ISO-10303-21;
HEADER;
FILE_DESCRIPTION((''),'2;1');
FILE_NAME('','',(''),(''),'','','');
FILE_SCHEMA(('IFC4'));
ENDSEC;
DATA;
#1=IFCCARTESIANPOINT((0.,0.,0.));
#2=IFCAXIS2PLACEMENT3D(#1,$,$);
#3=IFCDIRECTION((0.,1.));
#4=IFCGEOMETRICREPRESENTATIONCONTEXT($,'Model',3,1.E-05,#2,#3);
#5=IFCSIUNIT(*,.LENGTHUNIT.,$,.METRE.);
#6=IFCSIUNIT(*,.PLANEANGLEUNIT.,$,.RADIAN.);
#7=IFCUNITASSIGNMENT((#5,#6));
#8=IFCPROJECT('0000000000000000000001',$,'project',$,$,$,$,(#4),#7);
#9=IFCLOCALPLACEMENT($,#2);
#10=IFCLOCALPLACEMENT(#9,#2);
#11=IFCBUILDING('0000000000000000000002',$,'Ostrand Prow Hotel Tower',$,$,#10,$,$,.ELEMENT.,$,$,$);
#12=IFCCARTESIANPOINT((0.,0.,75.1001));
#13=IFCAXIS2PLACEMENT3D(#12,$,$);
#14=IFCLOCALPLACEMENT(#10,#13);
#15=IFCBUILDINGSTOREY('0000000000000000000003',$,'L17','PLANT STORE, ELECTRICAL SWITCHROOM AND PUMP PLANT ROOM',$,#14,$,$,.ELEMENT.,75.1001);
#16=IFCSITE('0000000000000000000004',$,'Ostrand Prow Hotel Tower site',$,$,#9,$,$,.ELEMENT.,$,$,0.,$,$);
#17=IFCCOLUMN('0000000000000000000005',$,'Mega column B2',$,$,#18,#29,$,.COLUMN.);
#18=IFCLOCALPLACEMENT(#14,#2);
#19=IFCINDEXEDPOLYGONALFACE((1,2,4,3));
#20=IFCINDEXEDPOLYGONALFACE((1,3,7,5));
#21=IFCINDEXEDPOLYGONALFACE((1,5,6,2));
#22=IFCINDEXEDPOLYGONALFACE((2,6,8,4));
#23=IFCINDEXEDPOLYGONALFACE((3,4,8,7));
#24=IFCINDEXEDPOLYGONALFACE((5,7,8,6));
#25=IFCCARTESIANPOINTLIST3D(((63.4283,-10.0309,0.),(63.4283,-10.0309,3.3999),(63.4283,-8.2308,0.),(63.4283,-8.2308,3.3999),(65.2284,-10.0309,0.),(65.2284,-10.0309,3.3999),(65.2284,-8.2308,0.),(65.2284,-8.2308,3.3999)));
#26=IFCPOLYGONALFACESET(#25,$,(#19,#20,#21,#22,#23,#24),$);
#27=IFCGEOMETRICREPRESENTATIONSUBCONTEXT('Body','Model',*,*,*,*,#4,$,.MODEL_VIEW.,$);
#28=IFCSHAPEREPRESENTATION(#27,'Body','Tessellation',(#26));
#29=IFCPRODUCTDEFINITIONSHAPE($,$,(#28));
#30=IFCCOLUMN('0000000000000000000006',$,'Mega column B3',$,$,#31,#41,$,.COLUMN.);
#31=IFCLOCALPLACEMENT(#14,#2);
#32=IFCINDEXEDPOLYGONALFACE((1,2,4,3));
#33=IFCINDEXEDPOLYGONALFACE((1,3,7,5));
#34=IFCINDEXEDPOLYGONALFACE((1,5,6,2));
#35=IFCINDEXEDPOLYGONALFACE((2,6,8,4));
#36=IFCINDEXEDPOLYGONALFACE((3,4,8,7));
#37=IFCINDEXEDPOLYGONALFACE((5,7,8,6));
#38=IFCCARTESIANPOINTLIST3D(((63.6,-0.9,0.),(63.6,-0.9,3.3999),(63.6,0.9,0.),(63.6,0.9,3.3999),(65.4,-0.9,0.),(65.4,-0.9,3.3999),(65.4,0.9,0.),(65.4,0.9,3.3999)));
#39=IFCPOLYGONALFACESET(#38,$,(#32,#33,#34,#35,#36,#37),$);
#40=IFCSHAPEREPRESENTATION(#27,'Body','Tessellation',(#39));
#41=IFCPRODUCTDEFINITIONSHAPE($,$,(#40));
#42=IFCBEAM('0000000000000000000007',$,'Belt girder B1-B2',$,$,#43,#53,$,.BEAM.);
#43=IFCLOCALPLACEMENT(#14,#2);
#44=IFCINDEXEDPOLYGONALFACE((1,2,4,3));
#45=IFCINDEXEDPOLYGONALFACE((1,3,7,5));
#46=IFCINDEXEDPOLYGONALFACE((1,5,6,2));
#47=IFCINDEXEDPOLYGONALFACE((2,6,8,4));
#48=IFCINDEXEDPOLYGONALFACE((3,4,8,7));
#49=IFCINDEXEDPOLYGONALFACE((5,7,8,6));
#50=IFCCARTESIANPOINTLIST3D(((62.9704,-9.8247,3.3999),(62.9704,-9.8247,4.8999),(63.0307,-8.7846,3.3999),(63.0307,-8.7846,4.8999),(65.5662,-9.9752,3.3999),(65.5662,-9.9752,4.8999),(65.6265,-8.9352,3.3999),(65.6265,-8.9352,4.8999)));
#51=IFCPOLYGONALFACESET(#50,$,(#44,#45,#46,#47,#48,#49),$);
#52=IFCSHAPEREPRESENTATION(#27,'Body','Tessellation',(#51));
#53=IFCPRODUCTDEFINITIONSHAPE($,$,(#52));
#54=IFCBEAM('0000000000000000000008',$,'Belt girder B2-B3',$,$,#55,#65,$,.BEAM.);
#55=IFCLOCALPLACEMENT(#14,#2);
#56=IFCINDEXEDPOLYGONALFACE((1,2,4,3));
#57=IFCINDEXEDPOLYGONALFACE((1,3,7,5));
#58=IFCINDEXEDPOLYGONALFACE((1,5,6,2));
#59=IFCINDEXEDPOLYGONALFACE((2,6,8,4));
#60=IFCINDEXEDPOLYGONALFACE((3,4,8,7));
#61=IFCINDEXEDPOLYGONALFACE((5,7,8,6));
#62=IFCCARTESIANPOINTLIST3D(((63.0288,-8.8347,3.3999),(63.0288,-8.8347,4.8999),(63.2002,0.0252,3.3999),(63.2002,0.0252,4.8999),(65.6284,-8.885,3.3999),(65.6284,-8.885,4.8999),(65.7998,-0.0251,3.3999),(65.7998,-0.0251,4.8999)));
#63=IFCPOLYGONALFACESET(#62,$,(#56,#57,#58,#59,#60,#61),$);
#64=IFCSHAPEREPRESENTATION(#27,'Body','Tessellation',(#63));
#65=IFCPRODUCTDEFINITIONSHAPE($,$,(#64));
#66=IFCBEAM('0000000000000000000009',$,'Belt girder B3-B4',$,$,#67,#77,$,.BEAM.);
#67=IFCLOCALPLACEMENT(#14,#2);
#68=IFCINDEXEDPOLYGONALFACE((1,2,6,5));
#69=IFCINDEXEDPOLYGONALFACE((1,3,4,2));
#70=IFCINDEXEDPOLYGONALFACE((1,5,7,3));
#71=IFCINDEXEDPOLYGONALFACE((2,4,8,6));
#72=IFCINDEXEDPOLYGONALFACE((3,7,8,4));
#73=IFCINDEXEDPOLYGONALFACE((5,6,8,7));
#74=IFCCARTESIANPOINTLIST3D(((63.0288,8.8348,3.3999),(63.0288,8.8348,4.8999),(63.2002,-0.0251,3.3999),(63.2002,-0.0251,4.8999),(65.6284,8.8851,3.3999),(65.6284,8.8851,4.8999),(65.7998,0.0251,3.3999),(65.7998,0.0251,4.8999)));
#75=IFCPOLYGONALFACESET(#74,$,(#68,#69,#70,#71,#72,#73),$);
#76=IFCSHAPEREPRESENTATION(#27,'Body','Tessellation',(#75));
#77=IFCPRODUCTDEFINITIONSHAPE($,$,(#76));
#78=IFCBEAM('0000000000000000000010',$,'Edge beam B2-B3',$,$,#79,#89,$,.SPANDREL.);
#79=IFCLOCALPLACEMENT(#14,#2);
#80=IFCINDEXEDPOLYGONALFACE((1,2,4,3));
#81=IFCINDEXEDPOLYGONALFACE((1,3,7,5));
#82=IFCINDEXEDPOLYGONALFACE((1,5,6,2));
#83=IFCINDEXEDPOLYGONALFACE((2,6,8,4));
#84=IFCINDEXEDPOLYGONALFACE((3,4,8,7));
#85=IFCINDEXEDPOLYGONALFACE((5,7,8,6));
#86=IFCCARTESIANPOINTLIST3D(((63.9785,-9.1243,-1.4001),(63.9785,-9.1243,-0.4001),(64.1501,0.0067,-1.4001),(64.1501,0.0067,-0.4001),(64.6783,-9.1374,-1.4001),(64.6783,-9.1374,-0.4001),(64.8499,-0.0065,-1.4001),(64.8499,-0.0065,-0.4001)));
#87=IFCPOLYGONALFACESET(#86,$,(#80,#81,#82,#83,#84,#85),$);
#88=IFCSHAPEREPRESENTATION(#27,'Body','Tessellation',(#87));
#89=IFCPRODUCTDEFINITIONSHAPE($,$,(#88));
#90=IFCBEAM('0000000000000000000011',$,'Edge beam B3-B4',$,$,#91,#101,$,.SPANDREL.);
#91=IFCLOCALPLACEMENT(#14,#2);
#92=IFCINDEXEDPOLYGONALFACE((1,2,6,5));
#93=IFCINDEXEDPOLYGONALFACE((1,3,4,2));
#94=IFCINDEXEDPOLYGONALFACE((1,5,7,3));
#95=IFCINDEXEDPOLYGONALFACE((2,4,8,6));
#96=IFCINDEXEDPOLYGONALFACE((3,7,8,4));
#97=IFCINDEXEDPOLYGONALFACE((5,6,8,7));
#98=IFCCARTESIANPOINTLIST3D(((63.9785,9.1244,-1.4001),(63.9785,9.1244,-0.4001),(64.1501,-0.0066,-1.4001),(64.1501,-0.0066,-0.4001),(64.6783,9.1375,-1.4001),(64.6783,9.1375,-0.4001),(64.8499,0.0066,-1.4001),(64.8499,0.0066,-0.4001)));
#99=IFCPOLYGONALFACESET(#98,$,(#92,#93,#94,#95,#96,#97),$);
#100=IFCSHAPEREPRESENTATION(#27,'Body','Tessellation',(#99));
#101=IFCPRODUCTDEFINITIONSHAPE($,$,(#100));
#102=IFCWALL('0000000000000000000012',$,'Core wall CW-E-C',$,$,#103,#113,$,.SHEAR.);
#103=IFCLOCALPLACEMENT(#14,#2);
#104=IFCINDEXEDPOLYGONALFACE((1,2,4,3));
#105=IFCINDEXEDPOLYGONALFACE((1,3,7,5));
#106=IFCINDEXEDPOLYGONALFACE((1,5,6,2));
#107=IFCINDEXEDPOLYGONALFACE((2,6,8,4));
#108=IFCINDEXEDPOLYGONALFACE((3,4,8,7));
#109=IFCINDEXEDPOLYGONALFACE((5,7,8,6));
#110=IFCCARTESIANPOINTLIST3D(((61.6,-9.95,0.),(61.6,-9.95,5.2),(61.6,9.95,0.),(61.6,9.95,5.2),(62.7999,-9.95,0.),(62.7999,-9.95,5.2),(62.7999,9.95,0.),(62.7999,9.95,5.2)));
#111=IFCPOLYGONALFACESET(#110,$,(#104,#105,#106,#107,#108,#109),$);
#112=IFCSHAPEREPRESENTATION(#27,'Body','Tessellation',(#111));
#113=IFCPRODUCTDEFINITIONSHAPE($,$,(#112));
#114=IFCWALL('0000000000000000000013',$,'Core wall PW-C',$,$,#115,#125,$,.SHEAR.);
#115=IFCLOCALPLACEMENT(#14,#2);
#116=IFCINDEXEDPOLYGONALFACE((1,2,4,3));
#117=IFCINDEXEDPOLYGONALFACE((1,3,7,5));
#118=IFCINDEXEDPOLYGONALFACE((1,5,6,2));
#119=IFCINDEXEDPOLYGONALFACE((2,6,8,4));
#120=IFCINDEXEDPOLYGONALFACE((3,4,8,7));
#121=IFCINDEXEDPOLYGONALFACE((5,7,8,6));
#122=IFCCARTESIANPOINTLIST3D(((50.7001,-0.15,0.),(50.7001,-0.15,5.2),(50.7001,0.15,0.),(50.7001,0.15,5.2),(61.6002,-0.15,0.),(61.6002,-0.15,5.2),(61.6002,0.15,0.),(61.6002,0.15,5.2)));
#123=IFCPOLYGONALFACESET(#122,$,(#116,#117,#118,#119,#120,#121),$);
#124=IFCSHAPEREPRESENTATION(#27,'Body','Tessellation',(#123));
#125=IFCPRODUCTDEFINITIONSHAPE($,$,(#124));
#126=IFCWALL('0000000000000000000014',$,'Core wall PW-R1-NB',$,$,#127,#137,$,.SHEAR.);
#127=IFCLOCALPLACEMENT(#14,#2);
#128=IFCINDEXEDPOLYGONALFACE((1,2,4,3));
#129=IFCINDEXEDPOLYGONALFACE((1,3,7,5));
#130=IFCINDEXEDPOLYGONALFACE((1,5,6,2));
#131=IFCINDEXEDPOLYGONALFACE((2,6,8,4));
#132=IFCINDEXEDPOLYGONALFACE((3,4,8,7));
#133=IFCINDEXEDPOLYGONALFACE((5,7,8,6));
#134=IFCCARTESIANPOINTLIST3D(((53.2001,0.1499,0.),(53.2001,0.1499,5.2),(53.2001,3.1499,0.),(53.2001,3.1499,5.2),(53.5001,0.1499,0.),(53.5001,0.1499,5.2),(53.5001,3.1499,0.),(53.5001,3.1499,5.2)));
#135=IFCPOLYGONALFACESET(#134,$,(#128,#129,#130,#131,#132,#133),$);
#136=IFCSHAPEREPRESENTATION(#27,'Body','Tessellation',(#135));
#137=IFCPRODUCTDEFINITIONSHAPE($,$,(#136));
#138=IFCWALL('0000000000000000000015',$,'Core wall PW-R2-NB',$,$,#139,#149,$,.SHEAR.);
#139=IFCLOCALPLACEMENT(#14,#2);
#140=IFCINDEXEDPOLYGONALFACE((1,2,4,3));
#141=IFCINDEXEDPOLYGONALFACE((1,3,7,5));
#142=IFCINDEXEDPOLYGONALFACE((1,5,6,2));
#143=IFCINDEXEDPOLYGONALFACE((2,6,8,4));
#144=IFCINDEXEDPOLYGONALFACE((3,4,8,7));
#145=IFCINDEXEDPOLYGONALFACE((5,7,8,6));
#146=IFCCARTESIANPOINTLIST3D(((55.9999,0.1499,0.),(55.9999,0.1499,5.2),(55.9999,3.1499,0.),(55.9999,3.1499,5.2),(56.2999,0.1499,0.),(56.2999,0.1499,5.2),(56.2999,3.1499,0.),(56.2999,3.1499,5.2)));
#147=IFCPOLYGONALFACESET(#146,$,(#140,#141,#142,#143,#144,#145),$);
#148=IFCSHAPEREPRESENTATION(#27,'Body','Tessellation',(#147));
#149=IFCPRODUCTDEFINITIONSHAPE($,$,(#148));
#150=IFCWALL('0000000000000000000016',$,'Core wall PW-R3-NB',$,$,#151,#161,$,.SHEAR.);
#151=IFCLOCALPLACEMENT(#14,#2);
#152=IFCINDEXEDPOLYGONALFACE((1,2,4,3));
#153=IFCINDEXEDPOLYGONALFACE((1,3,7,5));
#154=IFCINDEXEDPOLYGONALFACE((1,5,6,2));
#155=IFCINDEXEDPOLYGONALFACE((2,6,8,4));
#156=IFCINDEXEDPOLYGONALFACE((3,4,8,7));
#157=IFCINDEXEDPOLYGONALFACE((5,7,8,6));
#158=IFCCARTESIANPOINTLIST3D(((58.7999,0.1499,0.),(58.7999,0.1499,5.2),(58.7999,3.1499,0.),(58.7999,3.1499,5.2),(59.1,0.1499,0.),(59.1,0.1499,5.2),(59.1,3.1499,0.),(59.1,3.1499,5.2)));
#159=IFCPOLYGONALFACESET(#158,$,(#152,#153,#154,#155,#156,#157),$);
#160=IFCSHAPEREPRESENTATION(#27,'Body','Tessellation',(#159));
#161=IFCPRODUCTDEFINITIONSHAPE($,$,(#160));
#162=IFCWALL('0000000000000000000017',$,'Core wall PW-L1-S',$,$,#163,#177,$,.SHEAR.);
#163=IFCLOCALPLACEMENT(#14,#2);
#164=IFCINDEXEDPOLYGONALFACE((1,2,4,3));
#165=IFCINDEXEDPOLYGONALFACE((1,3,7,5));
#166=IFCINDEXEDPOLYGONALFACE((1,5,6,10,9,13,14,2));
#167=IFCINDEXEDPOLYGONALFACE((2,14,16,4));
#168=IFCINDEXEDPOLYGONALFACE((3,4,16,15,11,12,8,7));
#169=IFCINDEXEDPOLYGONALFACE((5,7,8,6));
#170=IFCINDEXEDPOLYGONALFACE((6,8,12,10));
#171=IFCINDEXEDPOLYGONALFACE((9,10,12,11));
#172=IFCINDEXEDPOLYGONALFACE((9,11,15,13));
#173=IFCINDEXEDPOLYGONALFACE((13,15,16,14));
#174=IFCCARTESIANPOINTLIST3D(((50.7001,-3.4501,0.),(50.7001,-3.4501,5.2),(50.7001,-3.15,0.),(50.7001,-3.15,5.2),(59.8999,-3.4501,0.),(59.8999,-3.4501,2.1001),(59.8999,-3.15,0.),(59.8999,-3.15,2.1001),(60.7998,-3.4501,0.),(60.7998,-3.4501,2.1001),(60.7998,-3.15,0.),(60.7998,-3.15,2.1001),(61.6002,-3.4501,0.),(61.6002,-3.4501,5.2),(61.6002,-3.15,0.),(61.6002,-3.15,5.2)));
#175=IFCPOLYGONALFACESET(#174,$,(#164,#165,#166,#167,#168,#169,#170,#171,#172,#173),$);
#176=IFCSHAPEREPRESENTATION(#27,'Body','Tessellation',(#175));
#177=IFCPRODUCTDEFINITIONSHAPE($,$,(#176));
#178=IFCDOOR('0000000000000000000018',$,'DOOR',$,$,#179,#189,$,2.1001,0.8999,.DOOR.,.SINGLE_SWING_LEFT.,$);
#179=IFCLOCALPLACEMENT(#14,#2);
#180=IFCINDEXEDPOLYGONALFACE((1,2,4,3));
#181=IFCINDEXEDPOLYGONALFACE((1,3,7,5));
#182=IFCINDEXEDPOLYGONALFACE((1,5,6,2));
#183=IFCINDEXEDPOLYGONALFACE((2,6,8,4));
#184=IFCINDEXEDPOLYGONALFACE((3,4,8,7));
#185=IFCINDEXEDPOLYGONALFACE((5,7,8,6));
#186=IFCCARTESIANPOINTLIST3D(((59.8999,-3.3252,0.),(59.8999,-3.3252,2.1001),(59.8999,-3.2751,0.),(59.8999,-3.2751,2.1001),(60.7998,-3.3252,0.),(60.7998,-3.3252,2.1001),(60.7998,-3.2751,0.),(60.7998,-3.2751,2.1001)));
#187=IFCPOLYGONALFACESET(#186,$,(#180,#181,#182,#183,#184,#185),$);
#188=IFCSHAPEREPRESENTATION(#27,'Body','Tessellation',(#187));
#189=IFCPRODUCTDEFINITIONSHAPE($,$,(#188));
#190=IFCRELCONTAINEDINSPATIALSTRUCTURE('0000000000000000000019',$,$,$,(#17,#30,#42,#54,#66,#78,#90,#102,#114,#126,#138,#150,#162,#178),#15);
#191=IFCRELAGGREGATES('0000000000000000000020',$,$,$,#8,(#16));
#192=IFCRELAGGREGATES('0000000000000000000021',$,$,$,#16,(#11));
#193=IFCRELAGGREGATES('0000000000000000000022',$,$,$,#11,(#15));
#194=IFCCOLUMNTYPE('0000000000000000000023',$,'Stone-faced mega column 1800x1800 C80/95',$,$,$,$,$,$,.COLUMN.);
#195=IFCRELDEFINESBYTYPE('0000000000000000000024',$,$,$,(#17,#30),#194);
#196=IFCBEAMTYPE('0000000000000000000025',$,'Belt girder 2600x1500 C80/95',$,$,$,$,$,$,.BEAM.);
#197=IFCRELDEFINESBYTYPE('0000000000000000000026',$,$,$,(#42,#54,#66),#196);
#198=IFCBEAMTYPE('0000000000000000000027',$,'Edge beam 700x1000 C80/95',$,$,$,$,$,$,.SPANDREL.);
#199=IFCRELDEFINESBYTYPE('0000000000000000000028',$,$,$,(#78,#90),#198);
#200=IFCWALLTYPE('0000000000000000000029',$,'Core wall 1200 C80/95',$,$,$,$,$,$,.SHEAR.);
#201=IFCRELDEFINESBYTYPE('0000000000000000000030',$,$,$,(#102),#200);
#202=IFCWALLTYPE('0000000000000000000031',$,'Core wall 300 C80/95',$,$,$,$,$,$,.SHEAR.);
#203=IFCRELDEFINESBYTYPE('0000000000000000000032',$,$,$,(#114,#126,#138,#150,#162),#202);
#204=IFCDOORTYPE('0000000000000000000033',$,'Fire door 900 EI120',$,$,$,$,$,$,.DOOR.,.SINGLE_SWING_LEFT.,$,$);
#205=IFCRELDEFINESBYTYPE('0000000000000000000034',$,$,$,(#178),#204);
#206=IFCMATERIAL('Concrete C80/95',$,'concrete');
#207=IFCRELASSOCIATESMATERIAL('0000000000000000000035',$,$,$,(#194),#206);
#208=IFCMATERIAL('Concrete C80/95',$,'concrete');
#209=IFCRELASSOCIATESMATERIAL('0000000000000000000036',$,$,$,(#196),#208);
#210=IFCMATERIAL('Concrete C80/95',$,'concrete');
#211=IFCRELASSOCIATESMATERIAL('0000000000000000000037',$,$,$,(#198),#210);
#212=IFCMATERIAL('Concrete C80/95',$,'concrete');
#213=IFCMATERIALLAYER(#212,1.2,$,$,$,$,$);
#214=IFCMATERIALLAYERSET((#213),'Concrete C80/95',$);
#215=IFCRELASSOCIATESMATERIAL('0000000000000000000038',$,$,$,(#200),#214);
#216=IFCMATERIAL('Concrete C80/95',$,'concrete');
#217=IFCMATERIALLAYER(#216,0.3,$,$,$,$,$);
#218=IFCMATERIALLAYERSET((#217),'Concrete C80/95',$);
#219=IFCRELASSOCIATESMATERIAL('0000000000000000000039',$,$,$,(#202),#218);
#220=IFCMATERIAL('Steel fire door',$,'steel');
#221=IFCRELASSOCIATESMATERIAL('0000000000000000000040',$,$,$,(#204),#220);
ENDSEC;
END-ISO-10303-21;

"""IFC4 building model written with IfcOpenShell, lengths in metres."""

from ifc_helpers import new_model, si_unit, direction, frame, frame_2d, origin, origin_2d, place, context, subcontext, project, spatial, rectangle, extrude, material, layer, layer_set, material_profile, profile_set, type_object, element, fill, save


model = new_model("IFC4")

# Units and contexts
model_context = context("Model", 3, precision=1e-05, world=origin(), true_north=direction((0.0, 1.0)))
body_context = subcontext(model_context, "Body", "Model", "MODEL_VIEW")
ifc_project = project(units=[si_unit("LENGTHUNIT", "METRE"), si_unit("PLANEANGLEUNIT", "RADIAN")], contexts=[model_context])

# Site, building, storey
site_placement = place(None, origin())
site = spatial("IfcSite", under=ifc_project, at=site_placement, Name="Ostrand Prow Hotel Tower site", CompositionType="ELEMENT", RefElevation=0.0)
building_placement = place(site_placement, origin())
building = spatial("IfcBuilding", under=site, at=building_placement, Name="Ostrand Prow Hotel Tower", CompositionType="ELEMENT")
storey_placement = place(building_placement, frame((0.0, 0.0, 75.1001)))
storey = spatial("IfcBuildingStorey", under=building, at=storey_placement, Name="L17", Description="PLANT STORE, ELECTRICAL SWITCHROOM AND PUMP PLANT ROOM", CompositionType="ELEMENT", Elevation=75.1001)

# Columns
ifc_material_1 = material(Name="Concrete C80/95", Category="concrete")
ifc_material_profile_1 = material_profile(ifc_material_1, rectangle(XDim=1.8, YDim=1.8, at=origin_2d()), Name="RC 1800x1800")
ifc_profile_set_1 = profile_set([ifc_material_profile_1], Name="Concrete C80/95")
column_type = type_object("IfcColumnType", Name="Stone-faced mega column 1800x1800 C80/95", PredefinedType="COLUMN", material=ifc_profile_set_1)
for number, where, z_axis, x_axis, name in (
    (1, (64.3284, -9.1309, 0.0), (0.0, 0.0, 1.0), (1.0, 0.0, 0.0), "Mega column B2"),
    (2, (64.5, 0.0, 0.0), (0.0, 0.0, 1.0), (1.0, 0.0, 0.0), "Mega column B3"),
):
    element("IfcColumn", number, at=place(storey_placement, frame(where, z_axis=z_axis, x_axis=x_axis)), inside=storey, type_object=column_type, Name=name, PredefinedType="COLUMN", context=body_context, shape_type="SweptSolid", body=[
        extrude(rectangle(XDim=1.8, YDim=1.8, at=origin_2d()), origin(), (0.0, 0.0, 1.0), 3.3999),
    ])

# Beams
ifc_material_2 = material(Name="Concrete C80/95", Category="concrete")
ifc_material_profile_2 = material_profile(ifc_material_2, rectangle(XDim=2.6001, YDim=1.5, at=origin_2d()), Name="RC 2600x1500")
ifc_profile_set_2 = profile_set([ifc_material_profile_2], Name="Concrete C80/95")
beam_type_1 = type_object("IfcBeamType", Name="Belt girder 2600x1500 C80/95", PredefinedType="BEAM", material=ifc_profile_set_2)
beam_placement = place(storey_placement, frame((64.2683, -9.8999, 4.1499), z_axis=(0.057884, 0.998323, 0.0), x_axis=(-0.998323, 0.057884, 0.0)))
element("IfcBeam", 3, at=beam_placement, inside=storey, type_object=beam_type_1, Name="Belt girder B1-B2", PredefinedType="BEAM", context=body_context, shape_type="SweptSolid", body=[
    extrude(rectangle(XDim=2.6001, YDim=1.5, at=origin_2d()), origin(), (0.0, 0.0, 1.0), 1.0417),
])
for number, where, z_axis, x_axis, name in (
    (4, (64.3286, -8.8599, 4.1499), (0.019341, 0.999813, 0.0), (-0.999813, 0.019341, 0.0), "Belt girder B2-B3"),
    (5, (64.5, 0.0, 4.1499), (-0.019341, 0.999813, 0.0), (-0.999813, -0.019341, 0.0), "Belt girder B3-B4"),
):
    element("IfcBeam", number, at=place(storey_placement, frame(where, z_axis=z_axis, x_axis=x_axis)), inside=storey, type_object=beam_type_1, Name=name, PredefinedType="BEAM", context=body_context, shape_type="SweptSolid", body=[
        extrude(rectangle(XDim=2.6001, YDim=1.5, at=origin_2d()), origin(), (0.0, 0.0, 1.0), 8.8616),
    ])
ifc_material_3 = material(Name="Concrete C80/95", Category="concrete")
ifc_material_profile_3 = material_profile(ifc_material_3, rectangle(XDim=0.7, YDim=1.0, at=origin_2d()), Name="RC 700x1000")
ifc_profile_set_3 = profile_set([ifc_material_profile_3], Name="Concrete C80/95")
beam_type_2 = type_object("IfcBeamType", Name="Edge beam 700x1000 C80/95", PredefinedType="SPANDREL", material=ifc_profile_set_3)
for number, where, z_axis, x_axis, name in (
    (6, (64.3284, -9.1309, -0.9001), (0.018793, 0.999823, 0.0), (-0.999823, 0.018793, 0.0), "Edge beam B2-B3"),
    (7, (64.5, 0.0, -0.9001), (-0.018793, 0.999823, 0.0), (-0.999823, -0.018793, 0.0), "Edge beam B3-B4"),
):
    element("IfcBeam", number, at=place(storey_placement, frame(where, z_axis=z_axis, x_axis=x_axis)), inside=storey, type_object=beam_type_2, Name=name, PredefinedType="SPANDREL", context=body_context, shape_type="SweptSolid", body=[
        extrude(rectangle(XDim=0.7, YDim=1.0, at=origin_2d()), origin(), (0.0, 0.0, 1.0), 9.1326),
    ])

# Walls
ifc_material_4 = material(Name="Concrete C80/95", Category="concrete")
ifc_layer_1 = layer(ifc_material_4, 1.2)
ifc_layer_set_1 = layer_set([ifc_layer_1], Name="Concrete C80/95")
wall_type_1 = type_object("IfcWallType", Name="Core wall 1200 C80/95", PredefinedType="SHEAR", material=ifc_layer_set_1)
wall_1_placement = place(storey_placement, frame((62.2, -9.95, 0.0), z_axis=(0.0, 0.0, 1.0), x_axis=(0.0, 1.0, 0.0)))
element("IfcWall", 8, at=wall_1_placement, inside=storey, type_object=wall_type_1, Name="Core wall CW-E-C", PredefinedType="SHEAR", context=body_context, shape_type="SweptSolid", body=[
    extrude(rectangle(XDim=19.8999, YDim=1.2, at=frame_2d((9.95, 0.0))), origin(), (0.0, 0.0, 1.0), 5.2),
])
ifc_material_5 = material(Name="Concrete C80/95", Category="concrete")
ifc_layer_2 = layer(ifc_material_5, 0.3)
ifc_layer_set_2 = layer_set([ifc_layer_2], Name="Concrete C80/95")
wall_type_2 = type_object("IfcWallType", Name="Core wall 300 C80/95", PredefinedType="SHEAR", material=ifc_layer_set_2)
wall_2_placement = place(storey_placement, frame((50.7, 0.0, 0.0), z_axis=(0.0, 0.0, 1.0), x_axis=(1.0, 0.0, 0.0)))
element("IfcWall", 9, at=wall_2_placement, inside=storey, type_object=wall_type_2, Name="Core wall PW-C", PredefinedType="SHEAR", context=body_context, shape_type="SweptSolid", body=[
    extrude(rectangle(XDim=10.9001, YDim=0.3, at=frame_2d((5.4502, 0.0))), origin(), (0.0, 0.0, 1.0), 5.2),
])
for number, where, z_axis, x_axis, name in (
    (10, (53.3501, 0.1499, 0.0), (0.0, 0.0, 1.0), (0.0, 1.0, 0.0), "Core wall PW-R1-NB"),
    (11, (56.1499, 0.1499, 0.0), (0.0, 0.0, 1.0), (0.0, 1.0, 0.0), "Core wall PW-R2-NB"),
    (12, (58.95, 0.1499, 0.0), (0.0, 0.0, 1.0), (0.0, 1.0, 0.0), "Core wall PW-R3-NB"),
):
    element("IfcWall", number, at=place(storey_placement, frame(where, z_axis=z_axis, x_axis=x_axis)), inside=storey, type_object=wall_type_2, Name=name, PredefinedType="SHEAR", context=body_context, shape_type="SweptSolid", body=[
        extrude(rectangle(XDim=3.0, YDim=0.3, at=frame_2d((1.5, 0.0))), origin(), (0.0, 0.0, 1.0), 5.2),
    ])

# Wall, opening, door
wall_3_placement = place(storey_placement, frame((50.7, -3.3, 0.0), z_axis=(0.0, 0.0, 1.0), x_axis=(1.0, 0.0, 0.0)))
wall_3 = element("IfcWall", 13, at=wall_3_placement, inside=storey, type_object=wall_type_2, Name="Core wall PW-L1-S", PredefinedType="SHEAR", context=body_context, shape_type="SweptSolid", body=[
    extrude(rectangle(XDim=10.9001, YDim=0.3, at=frame_2d((5.4502, 0.0))), origin(), (0.0, 0.0, 1.0), 5.2),
])
opening_1_placement = place(wall_3_placement, frame((9.2, 0.0, 0.0)))
opening_1 = element("IfcOpeningElement", 14, at=opening_1_placement, cuts=wall_3, PredefinedType="OPENING", context=body_context, shape_type="SweptSolid", body=[
    extrude(rectangle(XDim=0.8999, YDim=2.1001, at=frame_2d((0.45, 1.05))), frame((0.0, 0.1599, 0.0), z_axis=(0.0, -1.0, 0.0), x_axis=(1.0, 0.0, 0.0)), (0.0, 0.0, 1.0), 0.3201),
])
ifc_material_6 = material(Name="Steel fire door", Category="steel")
door_type_1 = type_object("IfcDoorType", Name="Fire door 900 EI120", OperationType="SINGLE_SWING_LEFT", PredefinedType="DOOR", material=ifc_material_6)
door_1_placement = place(opening_1_placement, origin())
door_1 = element("IfcDoor", 15, at=door_1_placement, inside=storey, type_object=door_type_1, Name="DOOR", OperationType="SINGLE_SWING_LEFT", OverallHeight=2.1001, OverallWidth=0.8999, PredefinedType="DOOR", context=body_context, shape_type="SweptSolid", body=[
    extrude(rectangle(XDim=0.8999, YDim=2.1001, at=frame_2d((0.45, 1.05))), frame((0.0, 0.0249, 0.0), z_axis=(0.0, -1.0, 0.0), x_axis=(1.0, 0.0, 0.0)), (0.0, 0.0, 1.0), 0.05),
])
fill(opening_1, door_1)

save(model, "model.ifc")
